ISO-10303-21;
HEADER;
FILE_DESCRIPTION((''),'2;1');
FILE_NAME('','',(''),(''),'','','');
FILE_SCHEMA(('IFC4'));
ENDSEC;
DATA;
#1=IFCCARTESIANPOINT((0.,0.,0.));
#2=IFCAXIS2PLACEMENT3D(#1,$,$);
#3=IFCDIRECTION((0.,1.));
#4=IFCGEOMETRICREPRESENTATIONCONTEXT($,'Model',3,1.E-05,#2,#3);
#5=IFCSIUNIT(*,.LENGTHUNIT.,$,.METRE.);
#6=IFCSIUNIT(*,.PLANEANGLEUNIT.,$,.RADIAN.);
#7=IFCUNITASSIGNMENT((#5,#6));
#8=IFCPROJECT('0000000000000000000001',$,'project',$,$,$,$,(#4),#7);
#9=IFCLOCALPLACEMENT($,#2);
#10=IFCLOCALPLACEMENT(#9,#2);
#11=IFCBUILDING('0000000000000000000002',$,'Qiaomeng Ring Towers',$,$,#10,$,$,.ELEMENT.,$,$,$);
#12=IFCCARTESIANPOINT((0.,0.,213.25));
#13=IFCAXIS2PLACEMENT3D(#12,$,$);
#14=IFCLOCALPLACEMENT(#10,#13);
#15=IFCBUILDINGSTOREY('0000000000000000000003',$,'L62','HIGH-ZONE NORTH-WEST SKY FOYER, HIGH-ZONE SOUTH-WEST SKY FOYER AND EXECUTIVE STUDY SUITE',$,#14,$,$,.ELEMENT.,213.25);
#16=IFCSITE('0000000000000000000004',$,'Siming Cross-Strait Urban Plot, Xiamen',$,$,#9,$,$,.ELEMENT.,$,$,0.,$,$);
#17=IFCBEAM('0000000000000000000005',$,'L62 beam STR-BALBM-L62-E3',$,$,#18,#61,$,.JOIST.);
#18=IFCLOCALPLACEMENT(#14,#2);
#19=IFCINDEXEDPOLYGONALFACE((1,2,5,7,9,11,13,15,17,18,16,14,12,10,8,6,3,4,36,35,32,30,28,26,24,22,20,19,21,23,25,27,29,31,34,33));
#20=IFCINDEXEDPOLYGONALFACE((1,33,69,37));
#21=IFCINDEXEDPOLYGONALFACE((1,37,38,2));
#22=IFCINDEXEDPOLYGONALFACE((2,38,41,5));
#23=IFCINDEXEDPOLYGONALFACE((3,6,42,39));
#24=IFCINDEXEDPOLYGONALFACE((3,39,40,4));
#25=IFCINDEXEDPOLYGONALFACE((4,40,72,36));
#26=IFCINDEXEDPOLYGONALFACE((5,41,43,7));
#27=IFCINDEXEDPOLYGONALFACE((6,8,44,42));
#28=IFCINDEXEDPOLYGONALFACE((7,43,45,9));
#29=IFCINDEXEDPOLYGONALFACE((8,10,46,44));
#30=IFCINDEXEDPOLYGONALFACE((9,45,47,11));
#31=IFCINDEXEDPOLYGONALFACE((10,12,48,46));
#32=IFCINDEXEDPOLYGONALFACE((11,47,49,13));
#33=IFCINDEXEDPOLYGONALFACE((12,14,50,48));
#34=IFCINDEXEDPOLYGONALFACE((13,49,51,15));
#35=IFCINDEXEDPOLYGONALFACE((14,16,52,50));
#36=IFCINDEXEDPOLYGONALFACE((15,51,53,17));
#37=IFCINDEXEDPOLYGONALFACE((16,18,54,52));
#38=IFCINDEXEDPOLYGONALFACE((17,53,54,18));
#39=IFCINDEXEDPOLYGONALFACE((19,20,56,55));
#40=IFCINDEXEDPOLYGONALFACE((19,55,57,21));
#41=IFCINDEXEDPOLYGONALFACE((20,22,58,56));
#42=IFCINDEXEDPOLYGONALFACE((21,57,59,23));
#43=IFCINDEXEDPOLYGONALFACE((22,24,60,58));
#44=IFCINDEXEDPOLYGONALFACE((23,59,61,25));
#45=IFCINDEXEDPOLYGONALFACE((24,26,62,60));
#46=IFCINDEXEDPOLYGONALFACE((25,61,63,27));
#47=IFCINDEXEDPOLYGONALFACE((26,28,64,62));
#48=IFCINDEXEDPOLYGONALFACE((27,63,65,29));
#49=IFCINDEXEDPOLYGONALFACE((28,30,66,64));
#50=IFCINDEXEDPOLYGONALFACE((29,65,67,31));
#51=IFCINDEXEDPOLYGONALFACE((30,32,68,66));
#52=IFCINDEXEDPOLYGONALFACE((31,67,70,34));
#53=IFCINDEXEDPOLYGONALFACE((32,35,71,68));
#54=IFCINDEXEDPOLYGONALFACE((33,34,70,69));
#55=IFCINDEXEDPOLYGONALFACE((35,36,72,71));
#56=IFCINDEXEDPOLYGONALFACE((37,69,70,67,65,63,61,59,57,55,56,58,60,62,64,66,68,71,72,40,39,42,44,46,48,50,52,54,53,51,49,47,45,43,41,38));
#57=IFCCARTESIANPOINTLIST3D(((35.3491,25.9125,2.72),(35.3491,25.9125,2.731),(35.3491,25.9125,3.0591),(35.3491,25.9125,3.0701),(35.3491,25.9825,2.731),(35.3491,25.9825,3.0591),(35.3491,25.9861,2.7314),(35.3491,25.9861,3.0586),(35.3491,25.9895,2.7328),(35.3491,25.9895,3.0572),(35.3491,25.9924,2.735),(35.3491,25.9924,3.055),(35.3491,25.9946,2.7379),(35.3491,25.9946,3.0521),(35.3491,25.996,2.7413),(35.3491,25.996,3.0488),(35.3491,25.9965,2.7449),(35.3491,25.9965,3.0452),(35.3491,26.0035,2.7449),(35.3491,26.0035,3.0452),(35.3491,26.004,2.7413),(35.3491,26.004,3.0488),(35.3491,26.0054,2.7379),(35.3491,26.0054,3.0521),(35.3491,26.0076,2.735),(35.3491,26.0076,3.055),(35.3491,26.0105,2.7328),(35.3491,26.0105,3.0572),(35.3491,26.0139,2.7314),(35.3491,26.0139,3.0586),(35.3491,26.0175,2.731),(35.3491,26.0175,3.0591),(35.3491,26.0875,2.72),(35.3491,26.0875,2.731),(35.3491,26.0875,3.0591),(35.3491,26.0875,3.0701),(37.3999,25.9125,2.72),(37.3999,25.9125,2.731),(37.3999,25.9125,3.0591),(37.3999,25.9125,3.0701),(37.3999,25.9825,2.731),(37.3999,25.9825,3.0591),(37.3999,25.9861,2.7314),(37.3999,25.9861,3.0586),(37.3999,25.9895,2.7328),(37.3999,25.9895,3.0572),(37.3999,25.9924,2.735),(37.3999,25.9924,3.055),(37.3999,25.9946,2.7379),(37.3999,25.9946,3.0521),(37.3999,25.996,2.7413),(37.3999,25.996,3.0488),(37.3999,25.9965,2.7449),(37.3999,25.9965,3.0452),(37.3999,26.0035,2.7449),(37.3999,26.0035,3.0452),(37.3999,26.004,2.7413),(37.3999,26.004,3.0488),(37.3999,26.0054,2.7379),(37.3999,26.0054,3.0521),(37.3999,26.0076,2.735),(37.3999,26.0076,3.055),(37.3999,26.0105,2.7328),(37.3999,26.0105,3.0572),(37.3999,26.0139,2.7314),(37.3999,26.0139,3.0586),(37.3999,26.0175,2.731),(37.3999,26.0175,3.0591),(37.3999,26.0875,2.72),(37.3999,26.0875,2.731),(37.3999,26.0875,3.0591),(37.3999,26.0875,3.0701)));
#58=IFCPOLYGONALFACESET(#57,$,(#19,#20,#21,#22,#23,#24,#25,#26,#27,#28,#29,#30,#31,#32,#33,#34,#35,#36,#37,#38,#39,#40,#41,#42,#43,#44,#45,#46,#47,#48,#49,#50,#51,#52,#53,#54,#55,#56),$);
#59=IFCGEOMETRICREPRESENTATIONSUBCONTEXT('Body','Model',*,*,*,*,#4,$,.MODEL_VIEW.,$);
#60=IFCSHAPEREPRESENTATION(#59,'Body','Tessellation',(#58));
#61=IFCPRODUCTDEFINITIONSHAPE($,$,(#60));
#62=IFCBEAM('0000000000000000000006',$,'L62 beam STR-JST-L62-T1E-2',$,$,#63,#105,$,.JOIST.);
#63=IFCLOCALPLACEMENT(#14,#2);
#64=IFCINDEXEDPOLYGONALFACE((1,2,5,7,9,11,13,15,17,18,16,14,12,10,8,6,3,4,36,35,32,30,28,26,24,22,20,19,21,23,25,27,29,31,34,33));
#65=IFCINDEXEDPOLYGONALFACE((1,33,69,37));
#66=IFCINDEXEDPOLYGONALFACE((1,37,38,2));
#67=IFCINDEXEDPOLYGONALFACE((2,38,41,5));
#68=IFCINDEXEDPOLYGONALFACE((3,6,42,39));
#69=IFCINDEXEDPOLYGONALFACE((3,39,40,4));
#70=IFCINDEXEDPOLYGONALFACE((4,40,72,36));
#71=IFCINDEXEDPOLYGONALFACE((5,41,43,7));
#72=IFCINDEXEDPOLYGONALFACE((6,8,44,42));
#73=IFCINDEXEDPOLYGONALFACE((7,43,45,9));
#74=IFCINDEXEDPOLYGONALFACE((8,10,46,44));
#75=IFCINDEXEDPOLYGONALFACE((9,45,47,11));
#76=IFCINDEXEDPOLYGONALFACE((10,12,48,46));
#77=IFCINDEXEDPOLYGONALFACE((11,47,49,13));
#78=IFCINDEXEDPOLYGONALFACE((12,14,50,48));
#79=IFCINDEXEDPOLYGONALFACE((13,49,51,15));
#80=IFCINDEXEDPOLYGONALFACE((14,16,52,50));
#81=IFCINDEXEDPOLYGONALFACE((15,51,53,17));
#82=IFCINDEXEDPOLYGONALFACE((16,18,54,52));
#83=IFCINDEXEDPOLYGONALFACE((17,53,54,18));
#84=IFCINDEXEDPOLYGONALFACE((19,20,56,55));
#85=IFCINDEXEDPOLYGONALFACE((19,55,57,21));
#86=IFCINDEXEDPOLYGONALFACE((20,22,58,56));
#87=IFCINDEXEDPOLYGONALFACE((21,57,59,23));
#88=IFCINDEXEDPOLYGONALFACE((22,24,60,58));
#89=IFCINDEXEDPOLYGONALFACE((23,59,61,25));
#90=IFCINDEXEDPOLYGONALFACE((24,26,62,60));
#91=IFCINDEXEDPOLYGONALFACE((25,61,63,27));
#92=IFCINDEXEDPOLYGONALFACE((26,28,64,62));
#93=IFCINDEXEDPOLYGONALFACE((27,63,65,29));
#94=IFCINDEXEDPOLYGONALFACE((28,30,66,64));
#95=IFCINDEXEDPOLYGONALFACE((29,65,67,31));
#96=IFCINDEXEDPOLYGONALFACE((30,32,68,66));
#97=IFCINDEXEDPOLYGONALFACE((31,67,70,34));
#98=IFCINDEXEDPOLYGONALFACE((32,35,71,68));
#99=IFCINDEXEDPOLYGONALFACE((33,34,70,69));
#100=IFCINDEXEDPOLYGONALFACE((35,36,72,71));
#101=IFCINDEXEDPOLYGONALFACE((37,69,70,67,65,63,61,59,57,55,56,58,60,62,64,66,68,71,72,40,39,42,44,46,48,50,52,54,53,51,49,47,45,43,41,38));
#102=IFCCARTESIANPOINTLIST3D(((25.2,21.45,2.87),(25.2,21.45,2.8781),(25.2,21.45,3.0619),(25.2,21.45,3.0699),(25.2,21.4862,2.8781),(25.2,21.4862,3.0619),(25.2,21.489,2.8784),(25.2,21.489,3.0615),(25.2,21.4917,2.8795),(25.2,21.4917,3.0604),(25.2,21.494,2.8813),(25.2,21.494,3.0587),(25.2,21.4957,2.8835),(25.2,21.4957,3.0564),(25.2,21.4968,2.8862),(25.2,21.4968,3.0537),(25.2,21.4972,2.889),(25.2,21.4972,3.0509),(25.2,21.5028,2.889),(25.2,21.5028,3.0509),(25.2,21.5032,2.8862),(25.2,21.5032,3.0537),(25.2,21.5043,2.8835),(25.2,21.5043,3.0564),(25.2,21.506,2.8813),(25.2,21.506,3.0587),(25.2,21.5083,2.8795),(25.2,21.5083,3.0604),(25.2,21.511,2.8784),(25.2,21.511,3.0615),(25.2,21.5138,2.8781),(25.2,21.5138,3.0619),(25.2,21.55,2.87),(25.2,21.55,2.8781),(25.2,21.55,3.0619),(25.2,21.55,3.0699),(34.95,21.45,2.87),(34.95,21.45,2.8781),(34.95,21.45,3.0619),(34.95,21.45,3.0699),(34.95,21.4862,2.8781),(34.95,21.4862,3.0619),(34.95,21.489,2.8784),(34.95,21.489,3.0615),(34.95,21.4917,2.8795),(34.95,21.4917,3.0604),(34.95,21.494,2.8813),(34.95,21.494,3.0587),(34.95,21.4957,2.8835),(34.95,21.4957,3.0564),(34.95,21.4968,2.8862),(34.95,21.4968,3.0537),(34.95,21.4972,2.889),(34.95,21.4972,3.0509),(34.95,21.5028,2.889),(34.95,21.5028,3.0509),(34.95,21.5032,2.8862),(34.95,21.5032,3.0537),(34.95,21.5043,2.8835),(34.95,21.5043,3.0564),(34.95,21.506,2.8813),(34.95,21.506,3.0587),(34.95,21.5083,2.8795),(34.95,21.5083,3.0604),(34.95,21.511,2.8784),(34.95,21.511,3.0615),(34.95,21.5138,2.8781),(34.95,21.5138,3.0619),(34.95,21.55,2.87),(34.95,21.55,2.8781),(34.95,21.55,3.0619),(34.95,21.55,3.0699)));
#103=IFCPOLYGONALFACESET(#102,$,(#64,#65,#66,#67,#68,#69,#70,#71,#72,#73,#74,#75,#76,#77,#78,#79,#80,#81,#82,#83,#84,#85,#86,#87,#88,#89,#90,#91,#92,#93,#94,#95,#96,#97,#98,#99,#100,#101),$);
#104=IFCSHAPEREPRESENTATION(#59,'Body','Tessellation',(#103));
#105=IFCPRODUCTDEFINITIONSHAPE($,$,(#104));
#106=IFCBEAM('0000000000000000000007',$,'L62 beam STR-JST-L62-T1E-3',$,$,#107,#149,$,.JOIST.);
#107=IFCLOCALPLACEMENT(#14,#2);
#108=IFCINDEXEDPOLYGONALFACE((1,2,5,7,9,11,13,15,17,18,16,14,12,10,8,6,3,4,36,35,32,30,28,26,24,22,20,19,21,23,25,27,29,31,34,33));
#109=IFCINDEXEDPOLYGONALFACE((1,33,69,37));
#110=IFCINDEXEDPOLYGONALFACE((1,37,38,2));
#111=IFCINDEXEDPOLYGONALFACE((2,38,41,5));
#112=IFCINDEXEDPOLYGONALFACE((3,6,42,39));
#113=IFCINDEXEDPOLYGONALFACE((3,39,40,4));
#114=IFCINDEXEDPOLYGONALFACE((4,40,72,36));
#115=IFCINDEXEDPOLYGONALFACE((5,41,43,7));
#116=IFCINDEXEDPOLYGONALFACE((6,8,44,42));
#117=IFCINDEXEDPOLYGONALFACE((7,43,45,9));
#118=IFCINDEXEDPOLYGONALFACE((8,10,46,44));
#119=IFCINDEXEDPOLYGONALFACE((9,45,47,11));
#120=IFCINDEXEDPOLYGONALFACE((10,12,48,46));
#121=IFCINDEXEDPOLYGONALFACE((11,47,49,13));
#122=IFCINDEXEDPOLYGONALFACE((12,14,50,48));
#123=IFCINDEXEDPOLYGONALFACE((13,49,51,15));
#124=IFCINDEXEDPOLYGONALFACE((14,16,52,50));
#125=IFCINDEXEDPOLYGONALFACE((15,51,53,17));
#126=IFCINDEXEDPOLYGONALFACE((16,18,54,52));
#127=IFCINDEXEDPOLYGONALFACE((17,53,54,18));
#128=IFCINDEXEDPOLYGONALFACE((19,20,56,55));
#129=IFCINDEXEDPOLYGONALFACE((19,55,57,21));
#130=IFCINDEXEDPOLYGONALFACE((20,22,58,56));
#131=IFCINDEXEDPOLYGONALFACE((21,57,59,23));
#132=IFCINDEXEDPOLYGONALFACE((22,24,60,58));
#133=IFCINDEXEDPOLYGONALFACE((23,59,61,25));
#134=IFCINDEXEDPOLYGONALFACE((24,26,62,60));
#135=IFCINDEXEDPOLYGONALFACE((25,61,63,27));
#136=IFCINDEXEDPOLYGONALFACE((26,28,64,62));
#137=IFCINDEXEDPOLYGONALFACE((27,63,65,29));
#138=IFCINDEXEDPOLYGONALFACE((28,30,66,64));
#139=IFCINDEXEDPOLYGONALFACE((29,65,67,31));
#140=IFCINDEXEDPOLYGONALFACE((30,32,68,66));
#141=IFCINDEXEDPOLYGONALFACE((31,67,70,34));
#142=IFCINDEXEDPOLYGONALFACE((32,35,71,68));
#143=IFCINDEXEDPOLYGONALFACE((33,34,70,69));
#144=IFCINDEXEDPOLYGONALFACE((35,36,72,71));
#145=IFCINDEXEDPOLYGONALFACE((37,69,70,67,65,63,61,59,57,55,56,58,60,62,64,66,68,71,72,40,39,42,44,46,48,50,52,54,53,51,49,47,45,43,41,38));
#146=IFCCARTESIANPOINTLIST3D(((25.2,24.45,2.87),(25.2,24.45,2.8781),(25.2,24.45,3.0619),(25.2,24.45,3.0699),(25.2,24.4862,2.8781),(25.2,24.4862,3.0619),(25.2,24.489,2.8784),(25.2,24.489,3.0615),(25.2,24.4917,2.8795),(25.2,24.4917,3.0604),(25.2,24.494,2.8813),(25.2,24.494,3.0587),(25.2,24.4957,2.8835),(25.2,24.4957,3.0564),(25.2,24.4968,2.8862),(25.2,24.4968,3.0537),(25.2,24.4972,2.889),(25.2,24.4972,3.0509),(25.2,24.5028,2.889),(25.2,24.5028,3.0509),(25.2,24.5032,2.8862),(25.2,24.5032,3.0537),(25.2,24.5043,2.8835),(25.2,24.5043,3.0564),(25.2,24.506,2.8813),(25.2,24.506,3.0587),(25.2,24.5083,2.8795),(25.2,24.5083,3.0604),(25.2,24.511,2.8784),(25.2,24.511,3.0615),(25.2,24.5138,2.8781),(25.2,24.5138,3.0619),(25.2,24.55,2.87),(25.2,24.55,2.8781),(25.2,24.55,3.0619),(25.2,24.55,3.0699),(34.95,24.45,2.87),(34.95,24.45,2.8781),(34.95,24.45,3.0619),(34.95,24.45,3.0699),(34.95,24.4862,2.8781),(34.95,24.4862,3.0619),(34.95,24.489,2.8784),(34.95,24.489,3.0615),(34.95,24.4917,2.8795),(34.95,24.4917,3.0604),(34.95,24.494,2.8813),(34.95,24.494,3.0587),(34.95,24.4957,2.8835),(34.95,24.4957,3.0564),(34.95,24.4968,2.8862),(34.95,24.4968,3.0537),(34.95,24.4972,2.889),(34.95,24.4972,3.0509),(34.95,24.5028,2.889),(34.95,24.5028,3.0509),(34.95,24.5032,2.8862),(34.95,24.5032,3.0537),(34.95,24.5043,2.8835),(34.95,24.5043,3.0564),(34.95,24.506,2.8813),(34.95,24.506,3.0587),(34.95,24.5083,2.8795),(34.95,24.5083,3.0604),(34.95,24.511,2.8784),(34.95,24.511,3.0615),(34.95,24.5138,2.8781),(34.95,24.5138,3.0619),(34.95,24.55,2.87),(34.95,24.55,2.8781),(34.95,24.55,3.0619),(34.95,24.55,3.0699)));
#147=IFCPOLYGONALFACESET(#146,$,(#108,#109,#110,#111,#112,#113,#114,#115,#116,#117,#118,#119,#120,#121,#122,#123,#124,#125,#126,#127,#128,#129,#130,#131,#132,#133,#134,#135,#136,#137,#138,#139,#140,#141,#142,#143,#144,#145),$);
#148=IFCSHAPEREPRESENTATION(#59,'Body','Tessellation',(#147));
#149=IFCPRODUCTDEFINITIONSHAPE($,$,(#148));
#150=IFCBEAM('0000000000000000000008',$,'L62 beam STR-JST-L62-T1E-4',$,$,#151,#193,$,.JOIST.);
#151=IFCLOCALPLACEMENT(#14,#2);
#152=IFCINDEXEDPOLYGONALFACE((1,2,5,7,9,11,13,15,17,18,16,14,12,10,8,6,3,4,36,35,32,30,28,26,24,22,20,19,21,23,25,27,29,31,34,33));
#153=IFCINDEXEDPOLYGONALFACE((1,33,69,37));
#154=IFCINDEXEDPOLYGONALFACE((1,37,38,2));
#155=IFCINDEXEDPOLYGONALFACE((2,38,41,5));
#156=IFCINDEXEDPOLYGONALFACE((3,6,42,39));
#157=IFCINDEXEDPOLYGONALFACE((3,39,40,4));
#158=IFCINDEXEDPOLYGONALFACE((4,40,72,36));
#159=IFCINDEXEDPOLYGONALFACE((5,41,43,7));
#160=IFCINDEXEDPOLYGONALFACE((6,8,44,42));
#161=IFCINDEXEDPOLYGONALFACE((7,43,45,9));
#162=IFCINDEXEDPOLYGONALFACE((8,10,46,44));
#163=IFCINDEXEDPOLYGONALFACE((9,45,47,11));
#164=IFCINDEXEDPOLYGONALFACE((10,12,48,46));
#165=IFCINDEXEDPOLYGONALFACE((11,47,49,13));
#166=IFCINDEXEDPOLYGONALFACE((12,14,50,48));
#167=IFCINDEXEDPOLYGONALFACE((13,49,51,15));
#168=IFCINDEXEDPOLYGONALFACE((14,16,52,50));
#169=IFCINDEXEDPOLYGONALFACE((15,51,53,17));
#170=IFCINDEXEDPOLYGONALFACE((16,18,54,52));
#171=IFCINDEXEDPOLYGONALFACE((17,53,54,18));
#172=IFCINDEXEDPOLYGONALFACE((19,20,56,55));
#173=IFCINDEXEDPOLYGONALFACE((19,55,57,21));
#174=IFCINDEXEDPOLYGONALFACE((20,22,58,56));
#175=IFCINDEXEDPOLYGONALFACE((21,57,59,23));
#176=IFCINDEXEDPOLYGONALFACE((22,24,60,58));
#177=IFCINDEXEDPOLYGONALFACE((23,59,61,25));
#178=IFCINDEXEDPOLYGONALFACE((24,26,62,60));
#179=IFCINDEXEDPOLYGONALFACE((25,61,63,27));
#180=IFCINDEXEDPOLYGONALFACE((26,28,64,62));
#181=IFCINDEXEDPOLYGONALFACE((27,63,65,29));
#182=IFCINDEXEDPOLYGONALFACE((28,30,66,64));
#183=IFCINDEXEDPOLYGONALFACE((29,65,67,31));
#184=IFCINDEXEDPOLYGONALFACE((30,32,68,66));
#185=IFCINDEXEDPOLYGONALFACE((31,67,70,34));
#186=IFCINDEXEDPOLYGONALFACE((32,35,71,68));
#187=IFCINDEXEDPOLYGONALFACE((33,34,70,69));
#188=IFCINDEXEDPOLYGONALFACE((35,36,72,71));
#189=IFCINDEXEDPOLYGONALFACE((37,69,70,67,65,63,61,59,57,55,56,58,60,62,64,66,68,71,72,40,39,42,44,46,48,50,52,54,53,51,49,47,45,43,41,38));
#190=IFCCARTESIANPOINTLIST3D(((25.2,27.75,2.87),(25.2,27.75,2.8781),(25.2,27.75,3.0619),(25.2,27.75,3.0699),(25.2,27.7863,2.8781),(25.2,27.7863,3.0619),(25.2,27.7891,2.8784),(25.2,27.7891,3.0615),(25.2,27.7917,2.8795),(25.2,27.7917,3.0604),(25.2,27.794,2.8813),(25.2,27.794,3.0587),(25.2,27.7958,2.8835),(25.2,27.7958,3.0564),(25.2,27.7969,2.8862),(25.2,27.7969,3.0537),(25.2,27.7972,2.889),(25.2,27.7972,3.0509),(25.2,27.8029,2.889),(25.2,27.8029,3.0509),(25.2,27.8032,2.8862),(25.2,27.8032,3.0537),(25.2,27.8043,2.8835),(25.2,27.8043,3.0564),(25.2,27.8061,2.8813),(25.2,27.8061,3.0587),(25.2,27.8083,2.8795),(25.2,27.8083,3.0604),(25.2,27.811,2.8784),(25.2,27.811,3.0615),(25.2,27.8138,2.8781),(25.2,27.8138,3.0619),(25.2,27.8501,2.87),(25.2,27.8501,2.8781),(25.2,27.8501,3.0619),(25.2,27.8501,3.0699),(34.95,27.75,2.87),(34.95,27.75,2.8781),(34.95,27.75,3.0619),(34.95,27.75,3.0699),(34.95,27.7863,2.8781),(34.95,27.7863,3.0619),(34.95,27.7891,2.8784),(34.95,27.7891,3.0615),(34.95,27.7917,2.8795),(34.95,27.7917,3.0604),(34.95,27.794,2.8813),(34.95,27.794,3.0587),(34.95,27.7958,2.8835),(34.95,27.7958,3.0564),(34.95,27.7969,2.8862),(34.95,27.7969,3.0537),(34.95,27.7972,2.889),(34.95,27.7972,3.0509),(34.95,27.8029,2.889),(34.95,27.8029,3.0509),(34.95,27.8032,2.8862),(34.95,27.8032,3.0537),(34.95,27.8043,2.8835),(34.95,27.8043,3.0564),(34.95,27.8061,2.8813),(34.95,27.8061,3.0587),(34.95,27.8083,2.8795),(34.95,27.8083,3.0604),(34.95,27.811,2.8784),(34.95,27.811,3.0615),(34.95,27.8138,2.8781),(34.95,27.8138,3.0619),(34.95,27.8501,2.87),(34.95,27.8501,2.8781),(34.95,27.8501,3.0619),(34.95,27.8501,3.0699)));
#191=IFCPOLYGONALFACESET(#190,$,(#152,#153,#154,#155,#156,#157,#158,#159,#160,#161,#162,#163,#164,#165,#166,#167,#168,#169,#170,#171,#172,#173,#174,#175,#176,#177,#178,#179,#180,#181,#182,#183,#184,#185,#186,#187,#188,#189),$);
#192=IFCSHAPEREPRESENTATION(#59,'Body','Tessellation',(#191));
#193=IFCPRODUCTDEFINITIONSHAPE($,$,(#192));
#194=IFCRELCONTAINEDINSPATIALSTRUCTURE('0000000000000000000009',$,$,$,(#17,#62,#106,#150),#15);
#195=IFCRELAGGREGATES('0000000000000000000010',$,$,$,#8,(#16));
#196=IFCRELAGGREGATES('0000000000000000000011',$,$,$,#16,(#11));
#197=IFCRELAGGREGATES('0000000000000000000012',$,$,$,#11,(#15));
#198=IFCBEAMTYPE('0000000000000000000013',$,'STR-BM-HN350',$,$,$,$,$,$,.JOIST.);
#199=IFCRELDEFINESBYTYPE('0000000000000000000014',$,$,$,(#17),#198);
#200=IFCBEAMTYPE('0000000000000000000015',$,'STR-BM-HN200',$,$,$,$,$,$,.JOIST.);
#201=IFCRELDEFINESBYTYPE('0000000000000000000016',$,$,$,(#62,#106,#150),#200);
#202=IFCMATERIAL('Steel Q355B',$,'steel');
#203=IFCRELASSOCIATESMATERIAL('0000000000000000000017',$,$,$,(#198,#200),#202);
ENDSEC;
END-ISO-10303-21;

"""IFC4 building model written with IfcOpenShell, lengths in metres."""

from ifc_helpers import new_model, si_unit, direction, frame, origin, origin_2d, place, context, subcontext, project, spatial, i_section, extrude, source, transform, mapped, material, material_profile, profile_set, type_object, element, save


model = new_model("IFC4")

# Units and contexts
model_context = context("Model", 3, precision=1e-05, world=origin(), true_north=direction((0.0, 1.0)))
body_context = subcontext(model_context, "Body", "Model", "MODEL_VIEW")
ifc_project = project(units=[si_unit("LENGTHUNIT", "METRE"), si_unit("PLANEANGLEUNIT", "RADIAN")], contexts=[model_context])

# Site, building, storey
site_placement = place(None, origin())
site = spatial("IfcSite", under=ifc_project, at=site_placement, Name="Siming Cross-Strait Urban Plot, Xiamen", CompositionType="ELEMENT", RefElevation=0.0)
building_placement = place(site_placement, origin())
building = spatial("IfcBuilding", under=site, at=building_placement, Name="Qiaomeng Ring Towers", CompositionType="ELEMENT")
storey_placement = place(building_placement, frame((0.0, 0.0, 213.25)))
storey = spatial("IfcBuildingStorey", under=building, at=storey_placement, Name="L62", Description="HIGH-ZONE NORTH-WEST SKY FOYER, HIGH-ZONE SOUTH-WEST SKY FOYER AND EXECUTIVE STUDY SUITE", CompositionType="ELEMENT", Elevation=213.25)

# Beams
ifc_material_1 = material(Name="Steel Q355B", Category="steel")
ifc_material_profile_1 = material_profile(ifc_material_1, i_section(OverallWidth=0.175, OverallDepth=0.3501, WebThickness=0.0071, FlangeThickness=0.011, FilletRadius=0.0139, at=origin_2d()), Name="HN 350x175x7x11")
ifc_profile_set_1 = profile_set([ifc_material_profile_1], Name="Steel Q355B")
beam_type_1 = type_object("IfcBeamType", Name="STR-BM-HN350", PredefinedType="JOIST", material=ifc_profile_set_1)
shared_shape_1 = source(origin(), body_context, "Body", "SweptSolid", [
    extrude(i_section(OverallWidth=0.175, OverallDepth=0.3501, WebThickness=0.0071, FlangeThickness=0.011, FilletRadius=0.0139, at=origin_2d()), origin(), (0.0, 0.0, 1.0), 2.0508),
])
beam_1_placement = place(storey_placement, frame((35.3491, 26.0, 2.895), z_axis=(1.0, 0.0, 0.0), x_axis=(0.0, 1.0, 0.0)))
element("IfcBeam", 1, at=beam_1_placement, inside=storey, type_object=beam_type_1, Name="L62 beam STR-BALBM-L62-E3", PredefinedType="JOIST", context=body_context, shape_type="MappedRepresentation", body=[
    mapped(shared_shape_1, transform((0.0, 0.0, 0.0), x_axis=(1.0, 0.0, 0.0), y_axis=(0.0, 1.0, 0.0), z_axis=(0.0, 0.0, 1.0), scale=1.0)),
])
ifc_material_profile_2 = material_profile(ifc_material_1, i_section(OverallWidth=0.1001, OverallDepth=0.2, WebThickness=0.0056, FlangeThickness=0.0081, FilletRadius=0.011, at=origin_2d()), Name="HN 200x100x5.5x8")
ifc_profile_set_2 = profile_set([ifc_material_profile_2], Name="Steel Q355B")
beam_type_2 = type_object("IfcBeamType", Name="STR-BM-HN200", PredefinedType="JOIST", material=ifc_profile_set_2)
shared_shape_2 = source(origin(), body_context, "Body", "SweptSolid", [
    extrude(i_section(OverallWidth=0.1001, OverallDepth=0.2, WebThickness=0.0056, FlangeThickness=0.0081, FilletRadius=0.011, at=origin_2d()), origin(), (0.0, 0.0, 1.0), 9.75),
])
for number, where, z_axis, x_axis, name in (
    (2, (25.2, 21.5, 2.97), (1.0, 0.0, 0.0), (0.0, 1.0, 0.0), "L62 beam STR-JST-L62-T1E-2"),
    (3, (25.2, 24.5, 2.97), (1.0, 0.0, 0.0), (0.0, 1.0, 0.0), "L62 beam STR-JST-L62-T1E-3"),
    (4, (25.2, 27.8, 2.97), (1.0, 0.0, 0.0), (0.0, 1.0, 0.0), "L62 beam STR-JST-L62-T1E-4"),
):
    element("IfcBeam", number, at=place(storey_placement, frame(where, z_axis=z_axis, x_axis=x_axis)), inside=storey, type_object=beam_type_2, Name=name, PredefinedType="JOIST", context=body_context, shape_type="MappedRepresentation", body=[
        mapped(shared_shape_2, transform((0.0, 0.0, 0.0), x_axis=(1.0, 0.0, 0.0), y_axis=(0.0, 1.0, 0.0), z_axis=(0.0, 0.0, 1.0), scale=1.0)),
    ])

save(model, "model.ifc")
